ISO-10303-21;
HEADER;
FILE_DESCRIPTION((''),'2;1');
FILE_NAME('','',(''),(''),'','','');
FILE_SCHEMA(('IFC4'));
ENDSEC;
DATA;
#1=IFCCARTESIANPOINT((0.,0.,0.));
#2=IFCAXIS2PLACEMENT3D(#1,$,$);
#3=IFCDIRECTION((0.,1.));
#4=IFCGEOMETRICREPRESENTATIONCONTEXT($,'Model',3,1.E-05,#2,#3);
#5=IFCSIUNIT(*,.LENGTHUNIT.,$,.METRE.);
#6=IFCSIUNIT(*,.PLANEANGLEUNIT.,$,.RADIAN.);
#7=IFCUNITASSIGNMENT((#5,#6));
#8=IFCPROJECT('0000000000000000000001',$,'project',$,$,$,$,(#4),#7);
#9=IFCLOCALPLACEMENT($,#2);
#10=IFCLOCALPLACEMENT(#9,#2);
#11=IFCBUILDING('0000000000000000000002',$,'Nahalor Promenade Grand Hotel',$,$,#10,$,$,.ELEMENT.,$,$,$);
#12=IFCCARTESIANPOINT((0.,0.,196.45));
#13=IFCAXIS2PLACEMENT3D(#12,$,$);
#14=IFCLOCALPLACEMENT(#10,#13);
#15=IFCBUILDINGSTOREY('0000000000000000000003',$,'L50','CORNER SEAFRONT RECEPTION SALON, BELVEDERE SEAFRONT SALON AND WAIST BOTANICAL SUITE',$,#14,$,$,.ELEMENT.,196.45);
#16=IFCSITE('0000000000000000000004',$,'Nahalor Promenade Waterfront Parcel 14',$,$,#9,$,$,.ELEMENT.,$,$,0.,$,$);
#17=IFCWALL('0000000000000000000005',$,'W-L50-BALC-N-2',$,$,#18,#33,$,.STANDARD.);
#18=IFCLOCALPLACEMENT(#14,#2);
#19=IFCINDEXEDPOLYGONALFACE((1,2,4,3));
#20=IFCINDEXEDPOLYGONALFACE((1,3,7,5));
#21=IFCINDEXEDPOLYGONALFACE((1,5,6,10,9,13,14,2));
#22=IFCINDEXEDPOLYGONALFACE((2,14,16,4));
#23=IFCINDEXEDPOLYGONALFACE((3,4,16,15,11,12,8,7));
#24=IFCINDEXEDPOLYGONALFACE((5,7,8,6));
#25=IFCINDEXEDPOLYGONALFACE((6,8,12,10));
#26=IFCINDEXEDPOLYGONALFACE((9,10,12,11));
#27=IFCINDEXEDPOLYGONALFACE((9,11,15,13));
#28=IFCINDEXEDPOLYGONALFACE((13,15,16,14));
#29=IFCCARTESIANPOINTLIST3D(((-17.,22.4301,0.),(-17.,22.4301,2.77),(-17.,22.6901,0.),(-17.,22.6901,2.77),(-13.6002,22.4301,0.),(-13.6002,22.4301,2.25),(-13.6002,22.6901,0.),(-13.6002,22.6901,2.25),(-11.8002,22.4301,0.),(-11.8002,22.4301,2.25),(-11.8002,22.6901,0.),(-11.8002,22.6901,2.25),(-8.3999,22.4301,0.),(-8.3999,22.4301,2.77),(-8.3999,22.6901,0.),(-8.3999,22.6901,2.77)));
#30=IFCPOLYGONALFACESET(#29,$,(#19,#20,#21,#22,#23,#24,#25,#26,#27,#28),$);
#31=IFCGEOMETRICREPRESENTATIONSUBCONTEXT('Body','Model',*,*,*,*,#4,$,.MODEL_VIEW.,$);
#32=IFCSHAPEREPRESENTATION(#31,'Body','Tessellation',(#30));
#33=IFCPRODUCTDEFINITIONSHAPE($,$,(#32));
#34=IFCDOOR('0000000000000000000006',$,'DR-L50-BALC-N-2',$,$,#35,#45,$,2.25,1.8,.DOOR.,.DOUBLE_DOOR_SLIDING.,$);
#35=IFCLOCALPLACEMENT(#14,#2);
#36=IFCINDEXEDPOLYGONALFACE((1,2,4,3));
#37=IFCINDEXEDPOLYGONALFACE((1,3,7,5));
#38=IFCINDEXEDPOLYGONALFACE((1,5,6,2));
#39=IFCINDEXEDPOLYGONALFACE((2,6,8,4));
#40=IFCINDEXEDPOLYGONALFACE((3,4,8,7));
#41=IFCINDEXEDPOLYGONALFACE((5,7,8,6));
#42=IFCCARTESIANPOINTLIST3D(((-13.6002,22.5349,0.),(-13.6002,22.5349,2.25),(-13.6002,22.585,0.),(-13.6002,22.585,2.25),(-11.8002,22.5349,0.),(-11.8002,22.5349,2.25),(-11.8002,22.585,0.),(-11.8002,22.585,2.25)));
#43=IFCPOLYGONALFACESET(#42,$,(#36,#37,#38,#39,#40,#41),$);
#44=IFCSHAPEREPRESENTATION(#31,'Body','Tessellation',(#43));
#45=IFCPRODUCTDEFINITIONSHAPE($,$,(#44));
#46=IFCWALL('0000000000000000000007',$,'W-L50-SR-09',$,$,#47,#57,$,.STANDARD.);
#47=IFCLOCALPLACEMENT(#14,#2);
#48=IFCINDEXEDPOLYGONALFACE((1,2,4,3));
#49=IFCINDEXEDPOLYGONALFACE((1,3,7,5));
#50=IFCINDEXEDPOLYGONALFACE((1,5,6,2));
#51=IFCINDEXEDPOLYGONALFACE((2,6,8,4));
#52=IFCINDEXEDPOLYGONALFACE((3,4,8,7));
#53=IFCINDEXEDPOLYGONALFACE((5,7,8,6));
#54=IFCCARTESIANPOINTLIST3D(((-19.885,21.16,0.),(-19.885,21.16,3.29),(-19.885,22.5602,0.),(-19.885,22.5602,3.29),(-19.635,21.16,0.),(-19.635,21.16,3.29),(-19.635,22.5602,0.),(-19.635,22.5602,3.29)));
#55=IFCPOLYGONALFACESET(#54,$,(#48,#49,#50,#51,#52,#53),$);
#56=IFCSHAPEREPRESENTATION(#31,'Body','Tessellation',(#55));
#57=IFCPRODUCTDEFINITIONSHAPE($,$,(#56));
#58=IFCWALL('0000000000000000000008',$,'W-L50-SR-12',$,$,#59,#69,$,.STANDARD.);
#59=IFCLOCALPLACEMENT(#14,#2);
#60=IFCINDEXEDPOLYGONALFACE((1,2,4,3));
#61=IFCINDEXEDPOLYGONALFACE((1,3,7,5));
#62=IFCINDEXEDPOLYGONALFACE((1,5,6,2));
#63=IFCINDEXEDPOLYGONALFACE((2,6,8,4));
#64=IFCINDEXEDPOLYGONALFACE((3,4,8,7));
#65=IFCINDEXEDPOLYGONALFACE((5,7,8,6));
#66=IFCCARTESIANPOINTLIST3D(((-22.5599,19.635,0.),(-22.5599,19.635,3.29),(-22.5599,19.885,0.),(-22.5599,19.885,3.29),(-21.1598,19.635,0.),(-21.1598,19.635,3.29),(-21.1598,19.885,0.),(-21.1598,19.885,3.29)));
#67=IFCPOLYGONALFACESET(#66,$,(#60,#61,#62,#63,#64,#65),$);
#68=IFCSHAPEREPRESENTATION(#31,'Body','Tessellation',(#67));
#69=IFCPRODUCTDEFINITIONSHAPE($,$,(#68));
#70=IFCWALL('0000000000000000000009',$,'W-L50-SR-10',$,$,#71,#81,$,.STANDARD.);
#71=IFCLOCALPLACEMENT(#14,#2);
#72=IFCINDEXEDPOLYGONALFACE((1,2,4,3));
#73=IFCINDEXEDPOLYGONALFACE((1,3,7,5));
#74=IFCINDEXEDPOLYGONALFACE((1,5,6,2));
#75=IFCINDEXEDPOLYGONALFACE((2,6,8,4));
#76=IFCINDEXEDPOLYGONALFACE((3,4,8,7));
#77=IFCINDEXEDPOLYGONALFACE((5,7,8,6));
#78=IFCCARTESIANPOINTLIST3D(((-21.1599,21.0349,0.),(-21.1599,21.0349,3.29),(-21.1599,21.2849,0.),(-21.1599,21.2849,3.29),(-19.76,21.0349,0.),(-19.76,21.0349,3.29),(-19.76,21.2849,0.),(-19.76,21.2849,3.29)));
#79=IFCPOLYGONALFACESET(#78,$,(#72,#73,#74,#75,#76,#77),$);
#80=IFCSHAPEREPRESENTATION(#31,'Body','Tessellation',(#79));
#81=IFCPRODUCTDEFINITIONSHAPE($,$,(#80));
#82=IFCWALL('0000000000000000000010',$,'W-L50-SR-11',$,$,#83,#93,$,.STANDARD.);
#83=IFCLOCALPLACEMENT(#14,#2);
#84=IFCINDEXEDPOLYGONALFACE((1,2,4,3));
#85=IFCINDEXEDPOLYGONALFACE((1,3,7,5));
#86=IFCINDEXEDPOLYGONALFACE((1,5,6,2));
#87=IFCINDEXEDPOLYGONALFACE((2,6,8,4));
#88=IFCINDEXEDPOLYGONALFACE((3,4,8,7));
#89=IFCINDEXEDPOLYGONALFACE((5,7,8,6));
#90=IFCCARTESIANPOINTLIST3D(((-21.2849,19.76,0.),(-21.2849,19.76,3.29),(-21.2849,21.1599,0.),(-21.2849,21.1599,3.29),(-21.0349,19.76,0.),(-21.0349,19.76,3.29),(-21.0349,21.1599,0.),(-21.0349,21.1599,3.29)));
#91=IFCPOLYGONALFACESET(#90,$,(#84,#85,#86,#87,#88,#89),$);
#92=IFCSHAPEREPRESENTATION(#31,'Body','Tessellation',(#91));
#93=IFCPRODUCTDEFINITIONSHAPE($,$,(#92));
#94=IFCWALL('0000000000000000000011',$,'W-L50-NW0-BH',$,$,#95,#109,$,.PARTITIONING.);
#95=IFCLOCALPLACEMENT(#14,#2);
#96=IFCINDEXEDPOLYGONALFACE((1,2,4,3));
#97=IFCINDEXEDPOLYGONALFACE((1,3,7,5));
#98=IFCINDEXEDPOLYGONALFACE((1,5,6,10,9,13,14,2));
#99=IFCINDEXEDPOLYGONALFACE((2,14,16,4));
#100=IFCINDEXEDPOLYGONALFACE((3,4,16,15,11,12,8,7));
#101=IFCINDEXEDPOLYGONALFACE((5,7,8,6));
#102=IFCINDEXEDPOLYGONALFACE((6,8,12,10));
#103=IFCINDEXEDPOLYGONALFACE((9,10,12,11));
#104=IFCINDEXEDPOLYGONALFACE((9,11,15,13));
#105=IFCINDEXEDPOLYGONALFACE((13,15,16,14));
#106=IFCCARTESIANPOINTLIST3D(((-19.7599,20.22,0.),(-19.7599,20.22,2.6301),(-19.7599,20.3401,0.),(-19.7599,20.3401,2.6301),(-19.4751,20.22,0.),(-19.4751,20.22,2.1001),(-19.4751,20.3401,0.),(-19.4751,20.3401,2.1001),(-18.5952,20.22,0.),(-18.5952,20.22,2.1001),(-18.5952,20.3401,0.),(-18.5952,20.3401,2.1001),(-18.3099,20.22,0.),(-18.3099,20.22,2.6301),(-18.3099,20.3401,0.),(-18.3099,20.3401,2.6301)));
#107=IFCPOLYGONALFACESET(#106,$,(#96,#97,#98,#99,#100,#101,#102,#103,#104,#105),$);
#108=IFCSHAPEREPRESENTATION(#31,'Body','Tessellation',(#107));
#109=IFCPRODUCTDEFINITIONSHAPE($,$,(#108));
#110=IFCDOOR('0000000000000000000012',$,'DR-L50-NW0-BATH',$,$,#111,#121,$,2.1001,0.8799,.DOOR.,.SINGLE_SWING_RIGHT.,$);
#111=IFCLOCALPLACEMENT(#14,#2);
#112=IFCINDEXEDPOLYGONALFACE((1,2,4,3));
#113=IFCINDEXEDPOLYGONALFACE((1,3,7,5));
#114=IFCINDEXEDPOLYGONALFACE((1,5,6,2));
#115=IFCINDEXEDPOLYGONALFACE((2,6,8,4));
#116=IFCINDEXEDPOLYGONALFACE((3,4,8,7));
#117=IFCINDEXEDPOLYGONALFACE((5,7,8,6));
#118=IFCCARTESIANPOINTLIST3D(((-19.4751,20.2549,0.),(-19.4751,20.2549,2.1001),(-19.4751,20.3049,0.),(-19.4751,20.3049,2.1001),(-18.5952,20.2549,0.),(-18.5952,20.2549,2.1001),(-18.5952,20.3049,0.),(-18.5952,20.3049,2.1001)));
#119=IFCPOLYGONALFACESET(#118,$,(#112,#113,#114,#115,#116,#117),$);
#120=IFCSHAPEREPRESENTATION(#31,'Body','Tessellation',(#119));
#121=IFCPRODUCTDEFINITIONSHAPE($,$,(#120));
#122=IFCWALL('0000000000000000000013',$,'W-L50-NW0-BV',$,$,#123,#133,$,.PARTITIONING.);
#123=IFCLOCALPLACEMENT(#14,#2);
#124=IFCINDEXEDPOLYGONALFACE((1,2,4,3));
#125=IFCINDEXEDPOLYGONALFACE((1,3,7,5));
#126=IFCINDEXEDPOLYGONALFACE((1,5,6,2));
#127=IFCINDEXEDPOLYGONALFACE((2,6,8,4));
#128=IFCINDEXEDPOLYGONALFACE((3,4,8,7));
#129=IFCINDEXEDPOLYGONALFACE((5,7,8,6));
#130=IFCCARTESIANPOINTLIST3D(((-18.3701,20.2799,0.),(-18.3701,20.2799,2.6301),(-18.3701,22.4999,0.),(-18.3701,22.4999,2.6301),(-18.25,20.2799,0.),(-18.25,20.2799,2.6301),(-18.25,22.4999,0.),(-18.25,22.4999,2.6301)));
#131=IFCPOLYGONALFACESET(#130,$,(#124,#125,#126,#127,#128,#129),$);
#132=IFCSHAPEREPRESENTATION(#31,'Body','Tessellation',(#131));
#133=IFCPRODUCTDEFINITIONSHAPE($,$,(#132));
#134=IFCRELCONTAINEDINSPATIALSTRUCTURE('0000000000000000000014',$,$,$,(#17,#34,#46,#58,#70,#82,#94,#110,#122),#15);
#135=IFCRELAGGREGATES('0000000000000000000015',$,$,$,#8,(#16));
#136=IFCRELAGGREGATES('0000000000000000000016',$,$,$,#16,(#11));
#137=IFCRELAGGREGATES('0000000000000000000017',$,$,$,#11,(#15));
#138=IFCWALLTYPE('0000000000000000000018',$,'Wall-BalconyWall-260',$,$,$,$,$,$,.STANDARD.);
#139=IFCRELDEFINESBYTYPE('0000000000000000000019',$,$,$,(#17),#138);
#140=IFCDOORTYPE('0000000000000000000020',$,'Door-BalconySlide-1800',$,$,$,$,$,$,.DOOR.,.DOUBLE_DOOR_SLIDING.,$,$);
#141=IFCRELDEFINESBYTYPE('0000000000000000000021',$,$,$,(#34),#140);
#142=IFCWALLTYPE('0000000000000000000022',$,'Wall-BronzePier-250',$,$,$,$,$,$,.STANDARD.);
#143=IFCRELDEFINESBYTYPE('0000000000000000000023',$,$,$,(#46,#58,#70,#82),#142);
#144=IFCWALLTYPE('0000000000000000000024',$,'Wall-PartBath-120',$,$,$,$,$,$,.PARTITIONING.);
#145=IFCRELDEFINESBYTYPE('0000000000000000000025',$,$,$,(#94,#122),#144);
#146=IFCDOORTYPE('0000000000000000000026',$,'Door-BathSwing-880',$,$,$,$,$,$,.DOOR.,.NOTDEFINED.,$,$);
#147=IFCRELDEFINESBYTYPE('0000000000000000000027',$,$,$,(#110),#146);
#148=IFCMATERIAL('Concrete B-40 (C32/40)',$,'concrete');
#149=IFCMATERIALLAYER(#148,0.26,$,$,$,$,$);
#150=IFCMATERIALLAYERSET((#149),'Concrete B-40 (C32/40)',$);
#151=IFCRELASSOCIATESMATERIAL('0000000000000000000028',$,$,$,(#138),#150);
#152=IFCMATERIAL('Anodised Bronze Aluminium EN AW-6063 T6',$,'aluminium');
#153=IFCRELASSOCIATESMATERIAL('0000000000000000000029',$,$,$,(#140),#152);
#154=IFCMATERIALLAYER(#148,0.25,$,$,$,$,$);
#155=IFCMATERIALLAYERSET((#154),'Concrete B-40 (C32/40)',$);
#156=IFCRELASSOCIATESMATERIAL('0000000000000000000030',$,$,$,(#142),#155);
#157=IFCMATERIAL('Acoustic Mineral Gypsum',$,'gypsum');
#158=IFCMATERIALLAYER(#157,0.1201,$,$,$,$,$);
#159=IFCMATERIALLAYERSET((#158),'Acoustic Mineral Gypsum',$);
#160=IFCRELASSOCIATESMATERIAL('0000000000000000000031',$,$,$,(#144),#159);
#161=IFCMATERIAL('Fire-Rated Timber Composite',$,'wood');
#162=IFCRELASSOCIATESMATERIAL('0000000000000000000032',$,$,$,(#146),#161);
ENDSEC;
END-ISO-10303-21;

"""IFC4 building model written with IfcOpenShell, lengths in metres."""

from ifc_helpers import new_model, si_unit, direction, frame, frame_2d, origin, place, context, subcontext, project, spatial, rectangle, extrude, source, transform, mapped, material, layer, layer_set, type_object, element, fill, save


model = new_model("IFC4")

# Units and contexts
model_context = context("Model", 3, precision=1e-05, world=origin(), true_north=direction((0.0, 1.0)))
body_context = subcontext(model_context, "Body", "Model", "MODEL_VIEW")
ifc_project = project(units=[si_unit("LENGTHUNIT", "METRE"), si_unit("PLANEANGLEUNIT", "RADIAN")], contexts=[model_context])

# Site, building, storey
site_placement = place(None, origin())
site = spatial("IfcSite", under=ifc_project, at=site_placement, Name="Nahalor Promenade Waterfront Parcel 14", CompositionType="ELEMENT", RefElevation=0.0)
building_placement = place(site_placement, origin())
building = spatial("IfcBuilding", under=site, at=building_placement, Name="Nahalor Promenade Grand Hotel", CompositionType="ELEMENT")
storey_placement = place(building_placement, frame((0.0, 0.0, 196.45)))
storey = spatial("IfcBuildingStorey", under=building, at=storey_placement, Name="L50", Description="CORNER SEAFRONT RECEPTION SALON, BELVEDERE SEAFRONT SALON AND WAIST BOTANICAL SUITE", CompositionType="ELEMENT", Elevation=196.45)

# Shared definitions
ifc_material_1 = material(Name="Anodised Bronze Aluminium EN AW-6063 T6", Category="aluminium")

# Wall, opening, door
ifc_material_2 = material(Name="Concrete B-40 (C32/40)", Category="concrete")
ifc_layer_1 = layer(ifc_material_2, 0.26)
ifc_layer_set_1 = layer_set([ifc_layer_1], Name="Concrete B-40 (C32/40)")
wall_type_1 = type_object("IfcWallType", Name="Wall-BalconyWall-260", PredefinedType="STANDARD", material=ifc_layer_set_1)
shared_shape_1 = source(origin(), body_context, "Body", "SweptSolid", [
    extrude(rectangle(XDim=8.6001, YDim=0.26, at=frame_2d((4.3, 0.0))), origin(), (0.0, 0.0, 1.0), 2.77),
])
wall_1_placement = place(storey_placement, frame((-17.0, 22.5601, 0.0), z_axis=(0.0, 0.0, 1.0), x_axis=(1.0, 0.0, 0.0)))
wall_1 = element("IfcWall", 1, at=wall_1_placement, inside=storey, type_object=wall_type_1, Name="W-L50-BALC-N-2", PredefinedType="STANDARD", context=body_context, shape_type="MappedRepresentation", body=[
    mapped(shared_shape_1, transform((0.0, 0.0, 0.0), scale=1.0)),
])
opening_1_placement = place(wall_1_placement, frame((3.3999, 0.0, 0.0)))
opening_1 = element("IfcOpeningElement", 2, at=opening_1_placement, cuts=wall_1, PredefinedType="OPENING", context=body_context, shape_type="SweptSolid", body=[
    extrude(rectangle(XDim=1.8, YDim=2.25, at=frame_2d((0.8999, 1.125))), frame((0.0, 0.1399, 0.0), z_axis=(0.0, -1.0, 0.0), x_axis=(1.0, 0.0, 0.0)), (0.0, 0.0, 1.0), 0.28),
])
door_type_1 = type_object("IfcDoorType", Name="Door-BalconySlide-1800", OperationType="DOUBLE_DOOR_SLIDING", PredefinedType="DOOR", material=ifc_material_1)
shared_shape_2 = source(origin(), body_context, "Body", "SweptSolid", [
    extrude(rectangle(XDim=1.8, YDim=2.25, at=frame_2d((0.8999, 1.125))), frame((0.0, 0.0249, 0.0), z_axis=(0.0, -1.0, 0.0), x_axis=(1.0, 0.0, 0.0)), (0.0, 0.0, 1.0), 0.05),
])
door_1_placement = place(opening_1_placement, origin())
door_1 = element("IfcDoor", 3, at=door_1_placement, inside=storey, type_object=door_type_1, Name="DR-L50-BALC-N-2", OperationType="DOUBLE_DOOR_SLIDING", OverallHeight=2.25, OverallWidth=1.8, PredefinedType="DOOR", context=body_context, shape_type="MappedRepresentation", body=[
    mapped(shared_shape_2, transform((0.0, 0.0, 0.0), scale=1.0)),
])
fill(opening_1, door_1)

# Walls
ifc_layer_2 = layer(ifc_material_2, 0.25)
ifc_layer_set_2 = layer_set([ifc_layer_2], Name="Concrete B-40 (C32/40)")
wall_type_2 = type_object("IfcWallType", Name="Wall-BronzePier-250", PredefinedType="STANDARD", material=ifc_layer_set_2)
shared_shape_3 = source(origin(), body_context, "Body", "SweptSolid", [
    extrude(rectangle(XDim=1.4001, YDim=0.25, at=frame_2d((0.7002, 0.0))), origin(), (0.0, 0.0, 1.0), 3.29),
])
for number, where, z_axis, x_axis, name in (
    (4, (-19.76, 21.1599, 0.0), (0.0, 0.0, 1.0), (0.0, 1.0, 0.0), "W-L50-SR-09"),
    (5, (-22.5601, 19.76, 0.0), (0.0, 0.0, 1.0), (1.0, 0.0, 0.0), "W-L50-SR-12"),
):
    element("IfcWall", number, at=place(storey_placement, frame(where, z_axis=z_axis, x_axis=x_axis)), inside=storey, type_object=wall_type_2, Name=name, PredefinedType="STANDARD", context=body_context, shape_type="MappedRepresentation", body=[
        mapped(shared_shape_3, transform((0.0, 0.0, 0.0), scale=1.0)),
    ])
shared_shape_4 = source(origin(), body_context, "Body", "SweptSolid", [
    extrude(rectangle(XDim=1.3999, YDim=0.25, at=frame_2d((0.7, 0.0))), origin(), (0.0, 0.0, 1.0), 3.29),
])
for number, where, z_axis, x_axis, name in (
    (6, (-21.1599, 21.1599, 0.0), (0.0, 0.0, 1.0), (1.0, 0.0, 0.0), "W-L50-SR-10"),
    (7, (-21.1599, 19.76, 0.0), (0.0, 0.0, 1.0), (0.0, 1.0, 0.0), "W-L50-SR-11"),
):
    element("IfcWall", number, at=place(storey_placement, frame(where, z_axis=z_axis, x_axis=x_axis)), inside=storey, type_object=wall_type_2, Name=name, PredefinedType="STANDARD", context=body_context, shape_type="MappedRepresentation", body=[
        mapped(shared_shape_4, transform((0.0, 0.0, 0.0), scale=1.0)),
    ])

# Wall, opening, door
ifc_material_3 = material(Name="Acoustic Mineral Gypsum", Category="gypsum")
ifc_layer_3 = layer(ifc_material_3, 0.1201)
ifc_layer_set_3 = layer_set([ifc_layer_3], Name="Acoustic Mineral Gypsum")
wall_type_3 = type_object("IfcWallType", Name="Wall-PartBath-120", PredefinedType="PARTITIONING", material=ifc_layer_set_3)
shared_shape_5 = source(origin(), body_context, "Body", "SweptSolid", [
    extrude(rectangle(XDim=1.45, YDim=0.1201, at=frame_2d((0.7251, 0.0))), origin(), (0.0, 0.0, 1.0), 2.6301),
])
wall_2_placement = place(storey_placement, frame((-19.76, 20.28, 0.0), z_axis=(0.0, 0.0, 1.0), x_axis=(1.0, 0.0, 0.0)))
wall_2 = element("IfcWall", 8, at=wall_2_placement, inside=storey, type_object=wall_type_3, Name="W-L50-NW0-BH", PredefinedType="PARTITIONING", context=body_context, shape_type="MappedRepresentation", body=[
    mapped(shared_shape_5, transform((0.0, 0.0, 0.0), scale=1.0)),
])
opening_2_placement = place(wall_2_placement, frame((0.2849, 0.0, 0.0)))
opening_2 = element("IfcOpeningElement", 9, at=opening_2_placement, cuts=wall_2, PredefinedType="OPENING", context=body_context, shape_type="SweptSolid", body=[
    extrude(rectangle(XDim=0.8799, YDim=2.1001, at=frame_2d((0.4399, 1.05))), frame((0.0, 0.0701, 0.0), z_axis=(0.0, -1.0, 0.0), x_axis=(1.0, 0.0, 0.0)), (0.0, 0.0, 1.0), 0.1401),
])
ifc_material_4 = material(Name="Fire-Rated Timber Composite", Category="wood")
door_type_2 = type_object("IfcDoorType", Name="Door-BathSwing-880", OperationType="NOTDEFINED", PredefinedType="DOOR", material=ifc_material_4)
shared_shape_6 = source(origin(), body_context, "Body", "SweptSolid", [
    extrude(rectangle(XDim=0.8799, YDim=2.1001, at=frame_2d((0.4399, 1.05))), frame((0.0, 0.0249, 0.0), z_axis=(0.0, -1.0, 0.0), x_axis=(1.0, 0.0, 0.0)), (0.0, 0.0, 1.0), 0.05),
])
door_2_placement = place(opening_2_placement, origin())
door_2 = element("IfcDoor", 10, at=door_2_placement, inside=storey, type_object=door_type_2, Name="DR-L50-NW0-BATH", OperationType="SINGLE_SWING_RIGHT", OverallHeight=2.1001, OverallWidth=0.8799, PredefinedType="DOOR", context=body_context, shape_type="MappedRepresentation", body=[
    mapped(shared_shape_6, transform((0.0, 0.0, 0.0), scale=1.0)),
])
fill(opening_2, door_2)

# Wall
shared_shape_7 = source(origin(), body_context, "Body", "SweptSolid", [
    extrude(rectangle(XDim=2.22, YDim=0.1201, at=frame_2d((1.1099, 0.0))), origin(), (0.0, 0.0, 1.0), 2.6301),
])
wall_3_placement = place(storey_placement, frame((-18.3101, 20.28, 0.0), z_axis=(0.0, 0.0, 1.0), x_axis=(0.0, 1.0, 0.0)))
element("IfcWall", 11, at=wall_3_placement, inside=storey, type_object=wall_type_3, Name="W-L50-NW0-BV", PredefinedType="PARTITIONING", context=body_context, shape_type="MappedRepresentation", body=[
    mapped(shared_shape_7, transform((0.0, 0.0, 0.0), scale=1.0)),
])

save(model, "model.ifc")
